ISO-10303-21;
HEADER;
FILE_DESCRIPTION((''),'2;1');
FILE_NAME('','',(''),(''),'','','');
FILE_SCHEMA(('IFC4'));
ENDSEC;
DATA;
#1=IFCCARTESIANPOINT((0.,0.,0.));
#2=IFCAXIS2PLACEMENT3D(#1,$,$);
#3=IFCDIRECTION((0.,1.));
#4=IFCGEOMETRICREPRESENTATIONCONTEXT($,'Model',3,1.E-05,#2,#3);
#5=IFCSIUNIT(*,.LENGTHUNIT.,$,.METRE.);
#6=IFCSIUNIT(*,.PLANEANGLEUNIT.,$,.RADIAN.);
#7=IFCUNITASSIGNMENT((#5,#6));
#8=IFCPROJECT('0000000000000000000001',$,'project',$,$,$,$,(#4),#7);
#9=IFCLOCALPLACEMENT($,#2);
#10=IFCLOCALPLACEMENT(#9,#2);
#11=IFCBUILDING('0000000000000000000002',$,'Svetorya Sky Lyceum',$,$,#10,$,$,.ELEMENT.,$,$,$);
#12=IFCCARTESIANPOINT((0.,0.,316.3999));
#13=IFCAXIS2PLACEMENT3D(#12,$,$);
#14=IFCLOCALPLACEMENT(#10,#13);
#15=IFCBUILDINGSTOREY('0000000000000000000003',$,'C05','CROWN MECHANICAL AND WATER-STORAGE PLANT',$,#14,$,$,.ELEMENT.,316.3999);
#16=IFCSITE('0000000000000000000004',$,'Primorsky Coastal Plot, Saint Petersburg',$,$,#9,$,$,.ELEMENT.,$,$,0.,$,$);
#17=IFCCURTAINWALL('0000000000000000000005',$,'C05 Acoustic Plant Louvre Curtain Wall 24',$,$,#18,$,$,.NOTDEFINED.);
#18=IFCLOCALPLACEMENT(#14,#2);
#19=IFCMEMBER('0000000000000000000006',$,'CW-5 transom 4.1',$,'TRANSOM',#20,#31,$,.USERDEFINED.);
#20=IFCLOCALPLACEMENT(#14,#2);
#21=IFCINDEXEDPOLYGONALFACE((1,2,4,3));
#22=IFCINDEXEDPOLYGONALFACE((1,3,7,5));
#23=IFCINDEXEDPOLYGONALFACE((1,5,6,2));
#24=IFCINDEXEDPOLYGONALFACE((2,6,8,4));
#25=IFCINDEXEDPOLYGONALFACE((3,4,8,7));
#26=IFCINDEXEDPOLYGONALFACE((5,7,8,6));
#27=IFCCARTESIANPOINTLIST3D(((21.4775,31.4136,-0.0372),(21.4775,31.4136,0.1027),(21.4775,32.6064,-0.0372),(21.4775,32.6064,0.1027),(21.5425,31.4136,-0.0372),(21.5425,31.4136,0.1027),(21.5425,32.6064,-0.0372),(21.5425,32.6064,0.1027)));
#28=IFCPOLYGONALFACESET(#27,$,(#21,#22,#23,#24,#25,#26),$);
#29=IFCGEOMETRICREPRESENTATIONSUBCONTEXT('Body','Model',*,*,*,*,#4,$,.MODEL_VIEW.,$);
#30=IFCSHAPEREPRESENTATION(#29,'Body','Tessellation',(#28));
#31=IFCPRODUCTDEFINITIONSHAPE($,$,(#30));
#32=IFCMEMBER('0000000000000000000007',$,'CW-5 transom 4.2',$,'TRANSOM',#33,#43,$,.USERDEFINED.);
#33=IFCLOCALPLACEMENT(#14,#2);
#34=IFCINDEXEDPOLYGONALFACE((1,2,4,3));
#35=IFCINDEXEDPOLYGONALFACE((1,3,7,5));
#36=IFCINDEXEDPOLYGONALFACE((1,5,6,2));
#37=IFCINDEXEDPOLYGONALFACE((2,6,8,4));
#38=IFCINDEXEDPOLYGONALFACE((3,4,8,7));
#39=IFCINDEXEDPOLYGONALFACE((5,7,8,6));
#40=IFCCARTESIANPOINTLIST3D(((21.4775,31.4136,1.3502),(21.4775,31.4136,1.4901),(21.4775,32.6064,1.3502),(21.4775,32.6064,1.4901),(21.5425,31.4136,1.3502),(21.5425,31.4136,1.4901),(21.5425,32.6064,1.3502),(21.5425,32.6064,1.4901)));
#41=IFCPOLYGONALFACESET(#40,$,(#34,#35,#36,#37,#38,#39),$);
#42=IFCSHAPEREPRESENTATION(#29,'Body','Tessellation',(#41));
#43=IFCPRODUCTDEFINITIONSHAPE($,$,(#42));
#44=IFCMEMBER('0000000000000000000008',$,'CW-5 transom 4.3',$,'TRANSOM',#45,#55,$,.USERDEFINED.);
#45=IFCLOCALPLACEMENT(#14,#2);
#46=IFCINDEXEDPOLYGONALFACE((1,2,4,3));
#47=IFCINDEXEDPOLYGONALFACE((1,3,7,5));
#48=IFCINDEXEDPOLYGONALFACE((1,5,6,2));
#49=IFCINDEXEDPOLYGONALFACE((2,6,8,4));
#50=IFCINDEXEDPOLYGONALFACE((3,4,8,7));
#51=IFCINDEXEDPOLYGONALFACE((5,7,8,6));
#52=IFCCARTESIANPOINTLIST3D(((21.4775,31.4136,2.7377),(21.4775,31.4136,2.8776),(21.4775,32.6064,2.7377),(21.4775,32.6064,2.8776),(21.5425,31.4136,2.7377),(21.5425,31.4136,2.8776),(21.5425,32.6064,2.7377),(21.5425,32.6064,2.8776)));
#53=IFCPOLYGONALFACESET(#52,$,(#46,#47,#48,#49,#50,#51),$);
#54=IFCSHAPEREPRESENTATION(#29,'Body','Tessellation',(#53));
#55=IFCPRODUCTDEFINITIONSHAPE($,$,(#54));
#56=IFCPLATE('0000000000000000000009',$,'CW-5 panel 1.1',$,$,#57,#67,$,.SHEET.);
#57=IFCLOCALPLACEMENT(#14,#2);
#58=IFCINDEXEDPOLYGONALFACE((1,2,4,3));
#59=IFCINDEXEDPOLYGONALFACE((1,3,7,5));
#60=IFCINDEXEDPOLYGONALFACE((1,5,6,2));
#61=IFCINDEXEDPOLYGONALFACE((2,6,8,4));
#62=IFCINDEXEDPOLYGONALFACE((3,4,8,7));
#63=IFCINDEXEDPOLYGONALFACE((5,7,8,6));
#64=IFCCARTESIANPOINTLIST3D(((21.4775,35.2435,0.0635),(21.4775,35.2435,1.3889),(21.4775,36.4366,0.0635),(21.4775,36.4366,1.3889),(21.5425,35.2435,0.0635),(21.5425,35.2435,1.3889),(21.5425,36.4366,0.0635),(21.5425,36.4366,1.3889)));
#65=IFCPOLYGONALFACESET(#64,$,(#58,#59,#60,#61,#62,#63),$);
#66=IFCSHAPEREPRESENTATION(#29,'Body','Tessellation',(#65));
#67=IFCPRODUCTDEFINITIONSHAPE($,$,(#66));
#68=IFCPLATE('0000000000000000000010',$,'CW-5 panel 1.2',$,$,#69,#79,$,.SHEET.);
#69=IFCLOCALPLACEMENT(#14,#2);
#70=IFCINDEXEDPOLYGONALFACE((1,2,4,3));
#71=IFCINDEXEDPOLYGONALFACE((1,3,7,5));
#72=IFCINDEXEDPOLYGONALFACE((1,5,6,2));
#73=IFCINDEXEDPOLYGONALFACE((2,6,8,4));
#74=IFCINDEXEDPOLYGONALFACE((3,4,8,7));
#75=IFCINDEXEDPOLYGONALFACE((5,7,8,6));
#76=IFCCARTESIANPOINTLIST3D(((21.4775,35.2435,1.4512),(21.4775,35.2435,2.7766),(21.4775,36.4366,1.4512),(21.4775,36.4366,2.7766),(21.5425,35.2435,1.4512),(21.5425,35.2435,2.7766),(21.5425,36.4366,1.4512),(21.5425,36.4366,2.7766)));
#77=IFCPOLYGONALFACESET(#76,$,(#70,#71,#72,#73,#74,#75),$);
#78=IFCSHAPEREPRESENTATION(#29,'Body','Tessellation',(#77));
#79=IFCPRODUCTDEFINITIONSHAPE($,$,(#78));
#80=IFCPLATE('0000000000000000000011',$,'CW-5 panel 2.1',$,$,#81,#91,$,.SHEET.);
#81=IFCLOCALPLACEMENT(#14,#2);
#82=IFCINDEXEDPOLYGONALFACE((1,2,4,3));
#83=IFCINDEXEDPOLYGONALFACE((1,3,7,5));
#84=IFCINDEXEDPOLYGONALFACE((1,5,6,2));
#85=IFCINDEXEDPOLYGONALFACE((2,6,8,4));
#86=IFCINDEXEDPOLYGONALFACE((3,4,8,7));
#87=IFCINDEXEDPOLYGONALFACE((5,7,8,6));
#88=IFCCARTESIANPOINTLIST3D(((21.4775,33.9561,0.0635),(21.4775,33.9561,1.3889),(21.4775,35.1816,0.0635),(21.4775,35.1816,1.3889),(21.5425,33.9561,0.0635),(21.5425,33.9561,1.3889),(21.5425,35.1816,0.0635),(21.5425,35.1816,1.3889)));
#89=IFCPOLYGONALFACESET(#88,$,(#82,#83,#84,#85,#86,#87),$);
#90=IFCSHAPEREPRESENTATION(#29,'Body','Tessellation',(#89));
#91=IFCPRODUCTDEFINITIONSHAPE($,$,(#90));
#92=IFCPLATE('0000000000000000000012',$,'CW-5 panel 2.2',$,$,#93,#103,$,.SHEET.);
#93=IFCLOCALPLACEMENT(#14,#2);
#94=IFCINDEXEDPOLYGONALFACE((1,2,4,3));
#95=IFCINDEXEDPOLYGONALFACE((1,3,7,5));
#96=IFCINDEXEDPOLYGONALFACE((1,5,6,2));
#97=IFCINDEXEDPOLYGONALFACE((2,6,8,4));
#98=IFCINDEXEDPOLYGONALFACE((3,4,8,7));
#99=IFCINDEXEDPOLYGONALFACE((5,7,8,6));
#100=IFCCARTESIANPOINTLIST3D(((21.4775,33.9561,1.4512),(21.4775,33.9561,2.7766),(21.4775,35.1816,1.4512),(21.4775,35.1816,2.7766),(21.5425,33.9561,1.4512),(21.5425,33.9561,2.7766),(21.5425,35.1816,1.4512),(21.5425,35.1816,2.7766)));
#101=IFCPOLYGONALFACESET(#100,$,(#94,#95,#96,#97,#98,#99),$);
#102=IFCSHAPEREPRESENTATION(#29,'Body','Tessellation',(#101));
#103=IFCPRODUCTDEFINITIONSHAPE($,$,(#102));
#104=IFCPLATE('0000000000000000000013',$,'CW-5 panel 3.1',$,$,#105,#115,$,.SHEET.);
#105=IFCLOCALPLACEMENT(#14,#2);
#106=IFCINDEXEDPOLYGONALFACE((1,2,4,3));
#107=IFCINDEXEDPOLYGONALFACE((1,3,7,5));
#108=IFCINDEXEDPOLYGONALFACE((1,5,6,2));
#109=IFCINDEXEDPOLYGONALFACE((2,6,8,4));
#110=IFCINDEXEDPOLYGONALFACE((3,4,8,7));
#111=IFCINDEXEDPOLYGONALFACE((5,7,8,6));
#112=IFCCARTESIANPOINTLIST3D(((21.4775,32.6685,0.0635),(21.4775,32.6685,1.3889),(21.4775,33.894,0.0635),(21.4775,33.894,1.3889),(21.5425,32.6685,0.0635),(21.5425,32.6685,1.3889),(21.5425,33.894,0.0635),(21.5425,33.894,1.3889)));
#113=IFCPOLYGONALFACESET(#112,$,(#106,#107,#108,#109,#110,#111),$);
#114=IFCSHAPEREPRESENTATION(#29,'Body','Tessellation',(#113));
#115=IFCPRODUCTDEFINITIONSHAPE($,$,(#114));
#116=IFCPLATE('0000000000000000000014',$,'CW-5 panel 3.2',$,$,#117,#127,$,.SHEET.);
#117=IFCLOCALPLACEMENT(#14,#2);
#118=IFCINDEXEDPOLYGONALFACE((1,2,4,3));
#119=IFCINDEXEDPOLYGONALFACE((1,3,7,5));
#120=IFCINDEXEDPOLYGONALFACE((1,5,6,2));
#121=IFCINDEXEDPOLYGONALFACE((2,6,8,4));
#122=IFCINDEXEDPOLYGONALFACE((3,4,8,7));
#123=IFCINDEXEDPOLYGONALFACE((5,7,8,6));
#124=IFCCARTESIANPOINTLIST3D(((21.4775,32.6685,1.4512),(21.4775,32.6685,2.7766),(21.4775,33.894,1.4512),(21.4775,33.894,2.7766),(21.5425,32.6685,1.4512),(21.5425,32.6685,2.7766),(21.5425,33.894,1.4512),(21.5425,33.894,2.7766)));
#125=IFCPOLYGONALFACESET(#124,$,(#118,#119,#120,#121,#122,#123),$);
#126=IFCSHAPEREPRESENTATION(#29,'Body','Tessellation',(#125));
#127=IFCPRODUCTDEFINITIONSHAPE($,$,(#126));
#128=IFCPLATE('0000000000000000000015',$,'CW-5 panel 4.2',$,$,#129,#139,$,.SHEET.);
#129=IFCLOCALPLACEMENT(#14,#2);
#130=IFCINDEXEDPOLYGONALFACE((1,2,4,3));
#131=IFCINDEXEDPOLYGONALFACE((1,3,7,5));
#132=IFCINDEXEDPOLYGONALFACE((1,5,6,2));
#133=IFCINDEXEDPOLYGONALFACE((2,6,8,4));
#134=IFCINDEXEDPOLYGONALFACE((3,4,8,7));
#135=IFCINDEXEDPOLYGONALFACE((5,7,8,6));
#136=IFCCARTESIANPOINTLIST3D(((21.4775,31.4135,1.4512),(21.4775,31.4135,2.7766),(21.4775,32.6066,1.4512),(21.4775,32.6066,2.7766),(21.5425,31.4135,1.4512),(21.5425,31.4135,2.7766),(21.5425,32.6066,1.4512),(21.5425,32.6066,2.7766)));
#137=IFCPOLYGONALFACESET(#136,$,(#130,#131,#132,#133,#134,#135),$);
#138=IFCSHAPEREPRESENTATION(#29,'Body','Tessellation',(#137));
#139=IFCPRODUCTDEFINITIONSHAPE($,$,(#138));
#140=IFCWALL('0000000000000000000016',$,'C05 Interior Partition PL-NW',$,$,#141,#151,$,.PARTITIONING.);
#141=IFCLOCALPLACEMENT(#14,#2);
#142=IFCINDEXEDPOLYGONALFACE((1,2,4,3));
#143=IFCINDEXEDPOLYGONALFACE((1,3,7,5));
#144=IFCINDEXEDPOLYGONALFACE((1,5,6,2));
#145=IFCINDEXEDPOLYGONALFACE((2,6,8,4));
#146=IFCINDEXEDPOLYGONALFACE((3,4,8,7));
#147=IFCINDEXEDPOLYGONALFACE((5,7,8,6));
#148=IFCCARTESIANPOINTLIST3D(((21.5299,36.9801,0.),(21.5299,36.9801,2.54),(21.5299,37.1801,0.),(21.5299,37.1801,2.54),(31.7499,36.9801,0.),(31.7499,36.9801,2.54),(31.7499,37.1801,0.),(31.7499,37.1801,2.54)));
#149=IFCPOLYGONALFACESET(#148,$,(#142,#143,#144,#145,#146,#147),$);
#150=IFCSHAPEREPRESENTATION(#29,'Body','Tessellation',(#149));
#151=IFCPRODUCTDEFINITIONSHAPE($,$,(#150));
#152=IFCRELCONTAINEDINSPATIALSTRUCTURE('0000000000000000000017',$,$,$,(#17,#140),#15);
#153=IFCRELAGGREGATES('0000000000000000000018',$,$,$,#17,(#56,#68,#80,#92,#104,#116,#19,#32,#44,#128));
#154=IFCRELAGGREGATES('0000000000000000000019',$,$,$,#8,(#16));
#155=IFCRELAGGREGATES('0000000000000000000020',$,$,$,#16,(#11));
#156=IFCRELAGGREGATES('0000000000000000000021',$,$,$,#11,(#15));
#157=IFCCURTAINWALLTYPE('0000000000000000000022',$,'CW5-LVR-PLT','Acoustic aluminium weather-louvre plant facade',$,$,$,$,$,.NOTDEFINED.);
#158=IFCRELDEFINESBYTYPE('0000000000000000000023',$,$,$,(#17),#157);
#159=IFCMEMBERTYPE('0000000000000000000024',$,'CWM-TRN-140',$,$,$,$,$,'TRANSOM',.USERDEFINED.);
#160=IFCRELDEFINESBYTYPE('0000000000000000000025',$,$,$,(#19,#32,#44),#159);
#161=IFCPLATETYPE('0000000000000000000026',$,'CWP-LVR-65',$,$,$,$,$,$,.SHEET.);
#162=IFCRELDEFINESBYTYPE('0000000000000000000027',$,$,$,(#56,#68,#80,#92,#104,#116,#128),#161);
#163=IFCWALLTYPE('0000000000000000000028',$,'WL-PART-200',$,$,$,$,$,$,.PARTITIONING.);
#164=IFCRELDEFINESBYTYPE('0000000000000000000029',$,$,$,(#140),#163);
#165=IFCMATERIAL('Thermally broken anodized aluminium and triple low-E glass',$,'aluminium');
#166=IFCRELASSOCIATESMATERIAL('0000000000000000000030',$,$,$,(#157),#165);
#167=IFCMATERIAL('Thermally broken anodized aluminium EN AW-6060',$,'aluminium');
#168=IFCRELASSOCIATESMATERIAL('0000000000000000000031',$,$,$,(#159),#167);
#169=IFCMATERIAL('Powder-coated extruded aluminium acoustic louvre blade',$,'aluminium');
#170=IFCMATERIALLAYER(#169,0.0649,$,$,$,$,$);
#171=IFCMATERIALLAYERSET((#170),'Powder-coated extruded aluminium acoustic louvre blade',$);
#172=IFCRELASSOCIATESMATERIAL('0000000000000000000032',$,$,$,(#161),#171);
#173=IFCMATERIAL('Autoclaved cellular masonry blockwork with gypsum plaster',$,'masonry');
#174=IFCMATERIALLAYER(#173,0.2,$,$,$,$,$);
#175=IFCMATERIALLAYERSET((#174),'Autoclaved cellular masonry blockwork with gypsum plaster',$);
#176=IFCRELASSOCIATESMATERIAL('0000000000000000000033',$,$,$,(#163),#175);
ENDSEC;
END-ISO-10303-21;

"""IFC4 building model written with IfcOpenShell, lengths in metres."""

from ifc_helpers import new_model, si_unit, direction, frame, frame_2d, origin, origin_2d, place, context, subcontext, project, spatial, rectangle, extrude, material, layer, layer_set, material_profile, profile_set, type_object, element, aggregate, save


model = new_model("IFC4")

# Units and contexts
model_context = context("Model", 3, precision=1e-05, world=origin(), true_north=direction((0.0, 1.0)))
body_context = subcontext(model_context, "Body", "Model", "MODEL_VIEW")
ifc_project = project(units=[si_unit("LENGTHUNIT", "METRE"), si_unit("PLANEANGLEUNIT", "RADIAN")], contexts=[model_context])

# Site, building, storey
site_placement = place(None, origin())
site = spatial("IfcSite", under=ifc_project, at=site_placement, Name="Primorsky Coastal Plot, Saint Petersburg", CompositionType="ELEMENT", RefElevation=0.0)
building_placement = place(site_placement, origin())
building = spatial("IfcBuilding", under=site, at=building_placement, Name="Svetorya Sky Lyceum", CompositionType="ELEMENT")
storey_placement = place(building_placement, frame((0.0, 0.0, 316.3999)))
storey = spatial("IfcBuildingStorey", under=building, at=storey_placement, Name="C05", Description="CROWN MECHANICAL AND WATER-STORAGE PLANT", CompositionType="ELEMENT", Elevation=316.3999)

# Curtain wall, members, plates
ifc_material_1 = material(Name="Thermally broken anodized aluminium and triple low-E glass", Category="aluminium")
curtain_wall_type = type_object("IfcCurtainWallType", Name="CW5-LVR-PLT", Description="Acoustic aluminium weather-louvre plant facade", PredefinedType="NOTDEFINED", material=ifc_material_1)
curtain_wall_placement = place(storey_placement, origin())
curtain_wall = element("IfcCurtainWall", 1, at=curtain_wall_placement, inside=storey, type_object=curtain_wall_type, Name="C05 Acoustic Plant Louvre Curtain Wall 24", PredefinedType="NOTDEFINED")
ifc_material_2 = material(Name="Thermally broken anodized aluminium EN AW-6060", Category="aluminium")
ifc_material_profile_1 = material_profile(ifc_material_2, rectangle(XDim=0.0649, YDim=0.1399, at=origin_2d()), Name="ALU TRANSOM 65x140")
ifc_profile_set_1 = profile_set([ifc_material_profile_1], Name="Thermally broken anodized aluminium EN AW-6060")
member_type_1 = type_object("IfcMemberType", Name="CWM-TRN-140", ElementType="TRANSOM", PredefinedType="USERDEFINED", material=ifc_profile_set_1)
member_1_placement = place(storey_placement, frame((21.51, 32.6064, 0.0327), z_axis=(0.0, -1.0, 0.0), x_axis=(1.0, 0.0, 0.0)))
member_1 = element("IfcMember", 2, at=member_1_placement, type_object=member_type_1, Name="CW-5 transom 4.1", ObjectType="TRANSOM", PredefinedType="USERDEFINED", context=body_context, shape_type="SweptSolid", body=[
    extrude(rectangle(XDim=0.0649, YDim=0.1399, at=origin_2d()), origin(), (0.0, 0.0, 1.0), 1.1929),
])
member_2_placement = place(storey_placement, frame((21.51, 32.6064, 1.4202), z_axis=(0.0, -1.0, 0.0), x_axis=(1.0, 0.0, 0.0)))
member_2 = element("IfcMember", 3, at=member_2_placement, type_object=member_type_1, Name="CW-5 transom 4.2", ObjectType="TRANSOM", PredefinedType="USERDEFINED", context=body_context, shape_type="SweptSolid", body=[
    extrude(rectangle(XDim=0.0649, YDim=0.1399, at=origin_2d()), origin(), (0.0, 0.0, 1.0), 1.1929),
])
member_3_placement = place(storey_placement, frame((21.51, 32.6064, 2.8076), z_axis=(0.0, -1.0, 0.0), x_axis=(1.0, 0.0, 0.0)))
member_3 = element("IfcMember", 4, at=member_3_placement, type_object=member_type_1, Name="CW-5 transom 4.3", ObjectType="TRANSOM", PredefinedType="USERDEFINED", context=body_context, shape_type="SweptSolid", body=[
    extrude(rectangle(XDim=0.0649, YDim=0.1399, at=origin_2d()), origin(), (0.0, 0.0, 1.0), 1.1929),
])
ifc_material_3 = material(Name="Powder-coated extruded aluminium acoustic louvre blade", Category="aluminium")
ifc_layer_1 = layer(ifc_material_3, 0.0649)
ifc_layer_set_1 = layer_set([ifc_layer_1], Name="Powder-coated extruded aluminium acoustic louvre blade")
plate_type = type_object("IfcPlateType", Name="CWP-LVR-65", PredefinedType="SHEET", material=ifc_layer_set_1)
plate_1_placement = place(storey_placement, frame((21.51, 35.8401, 0.0635), z_axis=(0.0, 0.0, 1.0), x_axis=(0.0, -1.0, 0.0)))
plate_1 = element("IfcPlate", 5, at=plate_1_placement, type_object=plate_type, Name="CW-5 panel 1.1", PredefinedType="SHEET", context=body_context, shape_type="SweptSolid", body=[
    extrude(rectangle(XDim=1.1931, YDim=0.0649, at=origin_2d()), origin(), (0.0, 0.0, 1.0), 1.3254),
])
plate_2_placement = place(storey_placement, frame((21.51, 35.8401, 1.4512), z_axis=(0.0, 0.0, 1.0), x_axis=(0.0, -1.0, 0.0)))
plate_2 = element("IfcPlate", 6, at=plate_2_placement, type_object=plate_type, Name="CW-5 panel 1.2", PredefinedType="SHEET", context=body_context, shape_type="SweptSolid", body=[
    extrude(rectangle(XDim=1.1931, YDim=0.0649, at=origin_2d()), origin(), (0.0, 0.0, 1.0), 1.3254),
])
plate_3_placement = place(storey_placement, frame((21.51, 34.5688, 0.0635), z_axis=(0.0, 0.0, 1.0), x_axis=(0.0, -1.0, 0.0)))
plate_3 = element("IfcPlate", 7, at=plate_3_placement, type_object=plate_type, Name="CW-5 panel 2.1", PredefinedType="SHEET", context=body_context, shape_type="SweptSolid", body=[
    extrude(rectangle(XDim=1.2256, YDim=0.0649, at=origin_2d()), origin(), (0.0, 0.0, 1.0), 1.3254),
])
plate_4_placement = place(storey_placement, frame((21.51, 34.5688, 1.4512), z_axis=(0.0, 0.0, 1.0), x_axis=(0.0, -1.0, 0.0)))
plate_4 = element("IfcPlate", 8, at=plate_4_placement, type_object=plate_type, Name="CW-5 panel 2.2", PredefinedType="SHEET", context=body_context, shape_type="SweptSolid", body=[
    extrude(rectangle(XDim=1.2256, YDim=0.0649, at=origin_2d()), origin(), (0.0, 0.0, 1.0), 1.3254),
])
plate_5_placement = place(storey_placement, frame((21.51, 33.2812, 0.0635), z_axis=(0.0, 0.0, 1.0), x_axis=(0.0, -1.0, 0.0)))
plate_5 = element("IfcPlate", 9, at=plate_5_placement, type_object=plate_type, Name="CW-5 panel 3.1", PredefinedType="SHEET", context=body_context, shape_type="SweptSolid", body=[
    extrude(rectangle(XDim=1.2256, YDim=0.0649, at=origin_2d()), origin(), (0.0, 0.0, 1.0), 1.3254),
])
plate_6_placement = place(storey_placement, frame((21.51, 33.2812, 1.4512), z_axis=(0.0, 0.0, 1.0), x_axis=(0.0, -1.0, 0.0)))
plate_6 = element("IfcPlate", 10, at=plate_6_placement, type_object=plate_type, Name="CW-5 panel 3.2", PredefinedType="SHEET", context=body_context, shape_type="SweptSolid", body=[
    extrude(rectangle(XDim=1.2256, YDim=0.0649, at=origin_2d()), origin(), (0.0, 0.0, 1.0), 1.3254),
])
plate_7_placement = place(storey_placement, frame((21.51, 32.01, 1.4512), z_axis=(0.0, 0.0, 1.0), x_axis=(0.0, -1.0, 0.0)))
plate_7 = element("IfcPlate", 11, at=plate_7_placement, type_object=plate_type, Name="CW-5 panel 4.2", PredefinedType="SHEET", context=body_context, shape_type="SweptSolid", body=[
    extrude(rectangle(XDim=1.1931, YDim=0.0649, at=origin_2d()), origin(), (0.0, 0.0, 1.0), 1.3254),
])
aggregate(curtain_wall, [plate_1, plate_2, plate_3, plate_4, plate_5, plate_6, member_1, member_2, member_3, plate_7])

# Wall
ifc_material_4 = material(Name="Autoclaved cellular masonry blockwork with gypsum plaster", Category="masonry")
ifc_layer_2 = layer(ifc_material_4, 0.2)
ifc_layer_set_2 = layer_set([ifc_layer_2], Name="Autoclaved cellular masonry blockwork with gypsum plaster")
wall_type = type_object("IfcWallType", Name="WL-PART-200", PredefinedType="PARTITIONING", material=ifc_layer_set_2)
wall_placement = place(storey_placement, frame((21.53, 37.0801, 0.0), z_axis=(0.0, 0.0, 1.0), x_axis=(1.0, 0.0, 0.0)))
element("IfcWall", 12, at=wall_placement, inside=storey, type_object=wall_type, Name="C05 Interior Partition PL-NW", PredefinedType="PARTITIONING", context=body_context, shape_type="SweptSolid", body=[
    extrude(rectangle(XDim=10.22, YDim=0.2, at=frame_2d((5.1099, 0.0))), origin(), (0.0, 0.0, 1.0), 2.54),
])

save(model, "model.ifc")
